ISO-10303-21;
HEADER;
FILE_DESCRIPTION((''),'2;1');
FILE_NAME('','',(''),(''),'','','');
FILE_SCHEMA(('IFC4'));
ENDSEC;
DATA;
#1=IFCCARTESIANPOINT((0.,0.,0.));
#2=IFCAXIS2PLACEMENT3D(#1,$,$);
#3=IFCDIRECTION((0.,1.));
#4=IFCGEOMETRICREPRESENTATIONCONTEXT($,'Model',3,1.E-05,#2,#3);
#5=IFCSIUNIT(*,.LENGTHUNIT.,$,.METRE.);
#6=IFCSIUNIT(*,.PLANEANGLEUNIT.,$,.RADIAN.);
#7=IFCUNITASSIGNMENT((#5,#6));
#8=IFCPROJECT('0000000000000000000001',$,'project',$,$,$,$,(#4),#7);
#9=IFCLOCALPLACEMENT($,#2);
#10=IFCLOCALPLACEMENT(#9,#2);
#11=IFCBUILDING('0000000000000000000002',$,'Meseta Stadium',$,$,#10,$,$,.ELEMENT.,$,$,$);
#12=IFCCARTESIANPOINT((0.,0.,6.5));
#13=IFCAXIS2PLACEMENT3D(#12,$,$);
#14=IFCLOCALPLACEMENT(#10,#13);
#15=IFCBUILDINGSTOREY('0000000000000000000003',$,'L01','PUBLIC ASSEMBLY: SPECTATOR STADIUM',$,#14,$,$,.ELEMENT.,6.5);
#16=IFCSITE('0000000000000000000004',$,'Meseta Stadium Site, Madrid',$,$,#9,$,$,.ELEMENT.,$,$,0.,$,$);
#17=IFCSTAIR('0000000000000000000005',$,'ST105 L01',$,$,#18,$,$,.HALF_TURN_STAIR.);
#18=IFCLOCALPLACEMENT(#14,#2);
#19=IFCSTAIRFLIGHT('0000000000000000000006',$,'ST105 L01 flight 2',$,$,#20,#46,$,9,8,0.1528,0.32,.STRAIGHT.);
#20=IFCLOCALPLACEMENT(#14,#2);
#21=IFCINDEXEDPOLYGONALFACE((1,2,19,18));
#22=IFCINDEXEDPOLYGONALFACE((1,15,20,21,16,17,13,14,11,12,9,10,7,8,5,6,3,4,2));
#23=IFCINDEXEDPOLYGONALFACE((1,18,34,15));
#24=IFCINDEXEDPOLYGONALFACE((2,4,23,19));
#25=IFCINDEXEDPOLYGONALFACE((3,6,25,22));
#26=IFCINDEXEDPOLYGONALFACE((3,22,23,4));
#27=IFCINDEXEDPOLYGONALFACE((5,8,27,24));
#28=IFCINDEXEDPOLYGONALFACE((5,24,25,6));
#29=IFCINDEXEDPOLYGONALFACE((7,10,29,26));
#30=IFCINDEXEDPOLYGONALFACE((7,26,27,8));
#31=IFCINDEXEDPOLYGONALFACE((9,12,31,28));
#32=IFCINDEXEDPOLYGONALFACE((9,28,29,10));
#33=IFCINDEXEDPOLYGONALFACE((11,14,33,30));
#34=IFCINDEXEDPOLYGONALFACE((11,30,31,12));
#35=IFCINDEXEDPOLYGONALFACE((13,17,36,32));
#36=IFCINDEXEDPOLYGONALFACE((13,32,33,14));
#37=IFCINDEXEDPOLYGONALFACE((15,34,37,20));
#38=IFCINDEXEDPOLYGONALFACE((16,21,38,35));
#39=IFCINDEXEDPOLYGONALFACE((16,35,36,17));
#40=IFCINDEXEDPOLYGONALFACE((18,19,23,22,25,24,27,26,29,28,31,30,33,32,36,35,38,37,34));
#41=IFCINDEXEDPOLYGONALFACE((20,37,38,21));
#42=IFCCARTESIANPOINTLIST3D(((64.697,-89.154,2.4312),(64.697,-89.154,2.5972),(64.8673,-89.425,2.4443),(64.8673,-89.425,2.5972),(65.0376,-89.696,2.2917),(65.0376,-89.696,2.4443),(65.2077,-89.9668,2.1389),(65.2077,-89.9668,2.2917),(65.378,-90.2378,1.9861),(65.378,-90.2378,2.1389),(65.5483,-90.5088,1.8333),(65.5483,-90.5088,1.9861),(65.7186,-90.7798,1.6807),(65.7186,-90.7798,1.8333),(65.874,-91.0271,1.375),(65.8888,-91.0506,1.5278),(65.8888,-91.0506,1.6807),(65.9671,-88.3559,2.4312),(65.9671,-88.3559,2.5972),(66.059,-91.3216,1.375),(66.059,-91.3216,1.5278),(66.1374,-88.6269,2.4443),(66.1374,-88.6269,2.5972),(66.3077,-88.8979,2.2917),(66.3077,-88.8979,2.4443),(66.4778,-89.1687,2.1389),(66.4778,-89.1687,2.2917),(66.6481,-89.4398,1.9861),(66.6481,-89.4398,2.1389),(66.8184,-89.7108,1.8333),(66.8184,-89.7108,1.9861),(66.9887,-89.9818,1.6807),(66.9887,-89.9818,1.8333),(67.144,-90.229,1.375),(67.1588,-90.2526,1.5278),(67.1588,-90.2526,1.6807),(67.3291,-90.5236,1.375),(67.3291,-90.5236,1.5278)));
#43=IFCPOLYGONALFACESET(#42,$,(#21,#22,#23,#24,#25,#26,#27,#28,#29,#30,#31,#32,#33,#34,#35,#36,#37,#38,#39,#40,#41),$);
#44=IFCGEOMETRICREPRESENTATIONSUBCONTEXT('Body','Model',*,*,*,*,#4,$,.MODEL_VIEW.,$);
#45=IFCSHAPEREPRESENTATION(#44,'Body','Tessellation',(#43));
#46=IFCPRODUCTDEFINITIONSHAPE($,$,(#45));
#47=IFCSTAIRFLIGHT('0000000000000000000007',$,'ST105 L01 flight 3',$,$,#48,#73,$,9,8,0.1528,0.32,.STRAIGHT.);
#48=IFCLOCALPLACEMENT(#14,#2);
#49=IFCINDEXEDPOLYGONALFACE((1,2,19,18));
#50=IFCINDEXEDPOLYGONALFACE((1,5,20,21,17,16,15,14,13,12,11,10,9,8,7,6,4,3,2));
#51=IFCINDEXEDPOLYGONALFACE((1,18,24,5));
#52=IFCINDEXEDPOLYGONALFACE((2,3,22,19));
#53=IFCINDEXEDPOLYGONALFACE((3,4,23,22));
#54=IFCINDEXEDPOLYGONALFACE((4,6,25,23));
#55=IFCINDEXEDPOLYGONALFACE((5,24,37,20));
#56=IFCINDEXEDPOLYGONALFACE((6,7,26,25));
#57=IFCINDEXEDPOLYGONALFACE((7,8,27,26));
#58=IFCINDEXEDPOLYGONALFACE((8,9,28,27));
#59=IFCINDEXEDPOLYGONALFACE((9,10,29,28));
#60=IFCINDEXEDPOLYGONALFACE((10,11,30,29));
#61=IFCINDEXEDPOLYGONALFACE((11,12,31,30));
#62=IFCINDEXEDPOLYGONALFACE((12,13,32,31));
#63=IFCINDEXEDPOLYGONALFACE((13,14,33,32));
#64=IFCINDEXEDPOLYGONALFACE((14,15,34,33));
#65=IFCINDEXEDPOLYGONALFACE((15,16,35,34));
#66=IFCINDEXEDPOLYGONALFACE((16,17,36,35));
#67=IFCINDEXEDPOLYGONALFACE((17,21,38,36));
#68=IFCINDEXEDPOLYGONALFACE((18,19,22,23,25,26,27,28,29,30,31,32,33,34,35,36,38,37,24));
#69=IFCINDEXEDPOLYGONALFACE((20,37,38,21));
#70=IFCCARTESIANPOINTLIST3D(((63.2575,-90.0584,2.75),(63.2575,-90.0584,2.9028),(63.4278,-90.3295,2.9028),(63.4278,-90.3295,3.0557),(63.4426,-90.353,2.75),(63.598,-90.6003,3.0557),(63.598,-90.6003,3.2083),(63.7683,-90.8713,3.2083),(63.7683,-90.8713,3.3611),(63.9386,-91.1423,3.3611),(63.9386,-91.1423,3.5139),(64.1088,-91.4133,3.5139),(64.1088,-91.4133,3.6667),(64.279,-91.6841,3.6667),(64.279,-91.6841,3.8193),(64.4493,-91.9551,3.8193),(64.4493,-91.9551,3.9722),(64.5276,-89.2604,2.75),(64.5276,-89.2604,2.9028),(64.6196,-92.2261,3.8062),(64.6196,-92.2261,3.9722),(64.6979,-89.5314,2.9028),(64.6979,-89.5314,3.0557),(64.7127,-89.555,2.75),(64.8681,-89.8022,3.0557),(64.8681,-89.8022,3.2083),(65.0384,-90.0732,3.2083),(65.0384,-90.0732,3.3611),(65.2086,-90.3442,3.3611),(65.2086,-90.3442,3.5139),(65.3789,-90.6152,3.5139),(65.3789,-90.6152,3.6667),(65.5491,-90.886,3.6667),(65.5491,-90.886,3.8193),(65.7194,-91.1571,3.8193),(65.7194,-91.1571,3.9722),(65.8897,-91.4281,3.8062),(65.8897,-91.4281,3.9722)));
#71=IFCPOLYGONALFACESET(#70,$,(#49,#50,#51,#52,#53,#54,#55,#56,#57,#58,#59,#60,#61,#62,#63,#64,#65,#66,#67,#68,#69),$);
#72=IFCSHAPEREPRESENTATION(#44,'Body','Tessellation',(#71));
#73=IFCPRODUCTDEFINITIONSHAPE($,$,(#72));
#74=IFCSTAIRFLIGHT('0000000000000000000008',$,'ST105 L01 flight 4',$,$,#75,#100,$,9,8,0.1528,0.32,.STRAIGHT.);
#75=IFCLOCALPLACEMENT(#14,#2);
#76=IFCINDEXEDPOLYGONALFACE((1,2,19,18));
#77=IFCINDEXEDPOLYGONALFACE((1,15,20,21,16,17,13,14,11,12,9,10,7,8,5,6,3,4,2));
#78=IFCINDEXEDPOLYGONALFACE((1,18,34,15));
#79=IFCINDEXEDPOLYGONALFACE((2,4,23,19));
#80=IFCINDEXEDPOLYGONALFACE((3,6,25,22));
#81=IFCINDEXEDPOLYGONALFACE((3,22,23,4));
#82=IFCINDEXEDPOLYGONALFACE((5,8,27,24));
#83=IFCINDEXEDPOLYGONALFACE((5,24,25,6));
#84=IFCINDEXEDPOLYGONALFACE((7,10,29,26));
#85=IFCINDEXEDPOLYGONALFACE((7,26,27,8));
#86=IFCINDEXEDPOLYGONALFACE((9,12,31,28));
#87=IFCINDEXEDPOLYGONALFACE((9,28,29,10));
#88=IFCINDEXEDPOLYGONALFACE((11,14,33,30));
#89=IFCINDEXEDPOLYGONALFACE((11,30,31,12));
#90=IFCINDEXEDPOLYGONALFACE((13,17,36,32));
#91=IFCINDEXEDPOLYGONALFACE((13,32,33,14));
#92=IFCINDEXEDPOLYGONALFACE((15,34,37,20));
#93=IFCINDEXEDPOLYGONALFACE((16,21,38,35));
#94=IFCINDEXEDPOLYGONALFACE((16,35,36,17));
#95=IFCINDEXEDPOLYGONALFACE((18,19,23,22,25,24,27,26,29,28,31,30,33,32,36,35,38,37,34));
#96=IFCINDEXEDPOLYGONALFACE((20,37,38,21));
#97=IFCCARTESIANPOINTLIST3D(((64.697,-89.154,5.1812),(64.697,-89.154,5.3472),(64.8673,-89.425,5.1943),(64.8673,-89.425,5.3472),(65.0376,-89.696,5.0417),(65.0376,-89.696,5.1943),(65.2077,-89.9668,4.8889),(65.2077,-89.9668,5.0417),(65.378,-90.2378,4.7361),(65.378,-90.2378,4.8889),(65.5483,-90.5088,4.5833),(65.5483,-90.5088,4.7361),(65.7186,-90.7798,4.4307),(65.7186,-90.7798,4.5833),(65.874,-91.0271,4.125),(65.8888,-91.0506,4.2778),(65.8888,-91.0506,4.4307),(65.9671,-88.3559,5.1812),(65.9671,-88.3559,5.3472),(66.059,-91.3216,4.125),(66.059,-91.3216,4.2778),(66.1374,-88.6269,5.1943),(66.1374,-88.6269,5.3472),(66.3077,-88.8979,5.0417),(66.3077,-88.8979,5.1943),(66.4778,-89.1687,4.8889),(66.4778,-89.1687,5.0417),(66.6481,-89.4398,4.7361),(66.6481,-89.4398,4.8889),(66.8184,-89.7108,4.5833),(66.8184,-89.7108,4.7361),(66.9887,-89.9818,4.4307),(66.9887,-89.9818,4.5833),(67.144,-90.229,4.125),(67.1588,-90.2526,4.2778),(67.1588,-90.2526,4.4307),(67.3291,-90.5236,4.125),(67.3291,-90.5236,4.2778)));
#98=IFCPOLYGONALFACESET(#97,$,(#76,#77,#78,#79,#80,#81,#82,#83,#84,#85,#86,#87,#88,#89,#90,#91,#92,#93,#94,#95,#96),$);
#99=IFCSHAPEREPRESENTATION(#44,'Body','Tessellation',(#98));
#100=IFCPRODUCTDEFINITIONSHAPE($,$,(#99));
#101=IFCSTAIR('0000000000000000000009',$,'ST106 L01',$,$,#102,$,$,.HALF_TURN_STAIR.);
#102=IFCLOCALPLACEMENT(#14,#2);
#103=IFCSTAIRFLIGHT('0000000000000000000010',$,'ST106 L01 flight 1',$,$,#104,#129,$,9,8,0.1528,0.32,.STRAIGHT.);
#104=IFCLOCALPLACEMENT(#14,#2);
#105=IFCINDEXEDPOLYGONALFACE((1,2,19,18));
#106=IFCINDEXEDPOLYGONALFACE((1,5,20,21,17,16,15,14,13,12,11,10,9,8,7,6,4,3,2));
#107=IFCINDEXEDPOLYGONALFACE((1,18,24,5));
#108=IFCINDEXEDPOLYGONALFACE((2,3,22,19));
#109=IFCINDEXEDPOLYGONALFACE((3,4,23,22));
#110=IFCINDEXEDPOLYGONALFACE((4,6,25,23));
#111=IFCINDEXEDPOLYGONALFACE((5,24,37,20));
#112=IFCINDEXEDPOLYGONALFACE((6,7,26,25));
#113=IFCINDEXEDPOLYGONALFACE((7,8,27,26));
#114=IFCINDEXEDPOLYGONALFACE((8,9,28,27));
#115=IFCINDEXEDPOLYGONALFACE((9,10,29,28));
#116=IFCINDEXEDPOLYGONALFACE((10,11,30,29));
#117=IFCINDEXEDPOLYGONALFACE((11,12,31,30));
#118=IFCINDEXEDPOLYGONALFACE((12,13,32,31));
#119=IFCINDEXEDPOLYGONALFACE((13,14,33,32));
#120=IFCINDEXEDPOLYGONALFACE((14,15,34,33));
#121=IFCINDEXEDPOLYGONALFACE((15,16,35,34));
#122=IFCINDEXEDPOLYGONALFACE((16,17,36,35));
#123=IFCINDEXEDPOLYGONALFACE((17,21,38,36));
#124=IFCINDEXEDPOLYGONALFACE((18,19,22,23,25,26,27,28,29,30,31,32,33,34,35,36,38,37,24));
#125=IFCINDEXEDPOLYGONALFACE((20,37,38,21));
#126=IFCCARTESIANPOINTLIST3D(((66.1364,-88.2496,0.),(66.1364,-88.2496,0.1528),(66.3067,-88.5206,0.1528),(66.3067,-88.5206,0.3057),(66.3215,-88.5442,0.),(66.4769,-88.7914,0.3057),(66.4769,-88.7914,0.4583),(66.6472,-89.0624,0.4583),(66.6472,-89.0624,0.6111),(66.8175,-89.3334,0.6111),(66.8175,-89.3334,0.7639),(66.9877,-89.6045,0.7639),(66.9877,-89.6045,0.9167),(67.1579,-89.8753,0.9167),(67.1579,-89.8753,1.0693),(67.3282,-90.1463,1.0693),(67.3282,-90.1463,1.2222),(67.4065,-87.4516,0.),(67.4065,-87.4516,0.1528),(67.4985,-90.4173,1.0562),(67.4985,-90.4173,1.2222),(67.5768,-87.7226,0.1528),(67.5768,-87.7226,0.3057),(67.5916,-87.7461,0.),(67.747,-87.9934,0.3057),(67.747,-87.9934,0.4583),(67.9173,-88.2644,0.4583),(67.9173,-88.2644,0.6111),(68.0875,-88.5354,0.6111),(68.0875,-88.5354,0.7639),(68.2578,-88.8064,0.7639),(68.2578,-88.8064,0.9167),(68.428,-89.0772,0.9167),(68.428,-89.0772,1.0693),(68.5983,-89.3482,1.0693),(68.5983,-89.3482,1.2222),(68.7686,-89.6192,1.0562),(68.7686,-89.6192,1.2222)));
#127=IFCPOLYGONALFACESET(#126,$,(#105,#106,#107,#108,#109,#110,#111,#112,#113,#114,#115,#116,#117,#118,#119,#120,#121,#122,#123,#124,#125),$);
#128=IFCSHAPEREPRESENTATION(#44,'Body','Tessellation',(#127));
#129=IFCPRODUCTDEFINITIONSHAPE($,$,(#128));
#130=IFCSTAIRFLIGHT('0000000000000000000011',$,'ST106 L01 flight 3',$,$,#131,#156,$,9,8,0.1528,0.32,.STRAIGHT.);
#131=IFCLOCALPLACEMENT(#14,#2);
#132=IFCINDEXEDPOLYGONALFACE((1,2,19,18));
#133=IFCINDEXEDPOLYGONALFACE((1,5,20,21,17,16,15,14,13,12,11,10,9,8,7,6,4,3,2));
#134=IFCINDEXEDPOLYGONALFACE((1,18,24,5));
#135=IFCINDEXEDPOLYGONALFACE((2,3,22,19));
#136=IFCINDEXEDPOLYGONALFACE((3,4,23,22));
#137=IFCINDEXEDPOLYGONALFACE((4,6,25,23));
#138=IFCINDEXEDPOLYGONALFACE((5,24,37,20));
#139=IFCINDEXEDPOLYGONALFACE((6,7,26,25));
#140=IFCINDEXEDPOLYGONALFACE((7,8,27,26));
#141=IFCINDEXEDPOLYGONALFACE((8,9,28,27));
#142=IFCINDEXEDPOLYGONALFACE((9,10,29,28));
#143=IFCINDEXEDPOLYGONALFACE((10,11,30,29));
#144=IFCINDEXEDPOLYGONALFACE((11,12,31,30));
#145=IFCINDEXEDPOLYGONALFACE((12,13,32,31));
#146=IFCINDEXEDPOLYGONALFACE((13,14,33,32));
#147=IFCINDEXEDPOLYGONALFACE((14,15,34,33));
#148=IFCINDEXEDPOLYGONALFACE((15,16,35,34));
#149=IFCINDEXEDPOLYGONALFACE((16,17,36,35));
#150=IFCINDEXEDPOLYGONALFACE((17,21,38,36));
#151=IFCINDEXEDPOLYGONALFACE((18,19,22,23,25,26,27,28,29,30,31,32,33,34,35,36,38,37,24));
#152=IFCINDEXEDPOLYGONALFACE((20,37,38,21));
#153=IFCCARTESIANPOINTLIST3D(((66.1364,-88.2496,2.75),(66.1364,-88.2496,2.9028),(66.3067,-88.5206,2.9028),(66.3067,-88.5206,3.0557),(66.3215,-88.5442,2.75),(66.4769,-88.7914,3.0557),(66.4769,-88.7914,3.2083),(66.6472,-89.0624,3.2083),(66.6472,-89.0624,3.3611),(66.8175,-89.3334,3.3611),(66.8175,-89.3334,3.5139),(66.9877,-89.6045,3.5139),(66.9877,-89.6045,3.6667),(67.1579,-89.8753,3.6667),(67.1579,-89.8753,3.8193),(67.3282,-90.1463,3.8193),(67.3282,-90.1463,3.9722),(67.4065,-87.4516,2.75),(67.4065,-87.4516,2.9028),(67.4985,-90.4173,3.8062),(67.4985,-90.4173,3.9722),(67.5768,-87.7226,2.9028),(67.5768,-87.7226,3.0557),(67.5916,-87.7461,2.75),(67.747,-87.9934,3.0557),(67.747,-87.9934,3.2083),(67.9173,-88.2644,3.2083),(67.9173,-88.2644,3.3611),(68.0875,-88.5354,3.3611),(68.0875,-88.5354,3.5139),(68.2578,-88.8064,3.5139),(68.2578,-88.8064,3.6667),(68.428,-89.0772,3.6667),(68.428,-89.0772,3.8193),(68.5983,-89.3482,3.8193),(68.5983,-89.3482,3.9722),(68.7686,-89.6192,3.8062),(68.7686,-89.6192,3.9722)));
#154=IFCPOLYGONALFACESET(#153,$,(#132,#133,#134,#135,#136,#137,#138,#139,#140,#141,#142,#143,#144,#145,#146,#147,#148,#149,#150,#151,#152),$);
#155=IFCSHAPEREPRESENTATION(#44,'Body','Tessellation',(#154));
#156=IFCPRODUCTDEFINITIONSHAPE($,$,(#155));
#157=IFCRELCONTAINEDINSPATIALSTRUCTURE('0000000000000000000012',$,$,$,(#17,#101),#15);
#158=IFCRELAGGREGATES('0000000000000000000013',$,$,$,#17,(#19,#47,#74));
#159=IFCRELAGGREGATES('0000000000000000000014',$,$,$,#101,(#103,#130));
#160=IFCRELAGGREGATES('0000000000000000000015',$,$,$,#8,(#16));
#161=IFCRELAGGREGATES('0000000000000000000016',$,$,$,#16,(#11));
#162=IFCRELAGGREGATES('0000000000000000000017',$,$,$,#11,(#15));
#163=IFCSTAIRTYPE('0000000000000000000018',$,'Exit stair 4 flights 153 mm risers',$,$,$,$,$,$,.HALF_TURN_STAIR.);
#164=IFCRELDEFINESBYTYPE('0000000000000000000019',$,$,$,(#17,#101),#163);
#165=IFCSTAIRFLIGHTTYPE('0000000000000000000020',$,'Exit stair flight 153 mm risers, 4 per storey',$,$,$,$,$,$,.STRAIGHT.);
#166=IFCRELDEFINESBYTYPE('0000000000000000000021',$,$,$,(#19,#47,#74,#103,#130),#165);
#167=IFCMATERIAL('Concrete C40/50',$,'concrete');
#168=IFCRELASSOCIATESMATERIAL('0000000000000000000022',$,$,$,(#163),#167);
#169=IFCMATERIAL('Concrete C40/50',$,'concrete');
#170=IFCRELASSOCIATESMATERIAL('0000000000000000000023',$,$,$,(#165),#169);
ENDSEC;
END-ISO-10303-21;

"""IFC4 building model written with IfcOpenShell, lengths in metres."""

from ifc_helpers import new_model, si_unit, direction, frame, origin, place, context, subcontext, project, spatial, polyline, outline, extrude, material, type_object, element, aggregate, save


model = new_model("IFC4")

# Units and contexts
model_context = context("Model", 3, precision=1e-05, world=origin(), true_north=direction((0.0, 1.0)))
body_context = subcontext(model_context, "Body", "Model", "MODEL_VIEW")
ifc_project = project(units=[si_unit("LENGTHUNIT", "METRE"), si_unit("PLANEANGLEUNIT", "RADIAN")], contexts=[model_context])

# Site, building, storey
site_placement = place(None, origin())
site = spatial("IfcSite", under=ifc_project, at=site_placement, Name="Meseta Stadium Site, Madrid", CompositionType="ELEMENT", RefElevation=0.0)
building_placement = place(site_placement, origin())
building = spatial("IfcBuilding", under=site, at=building_placement, Name="Meseta Stadium", CompositionType="ELEMENT")
storey_placement = place(building_placement, frame((0.0, 0.0, 6.5)))
storey = spatial("IfcBuildingStorey", under=building, at=storey_placement, Name="L01", Description="PUBLIC ASSEMBLY: SPECTATOR STADIUM", CompositionType="ELEMENT", Elevation=6.5)

# Stairs, stair flights
ifc_material_1 = material(Name="Concrete C40/50", Category="concrete")
stair_type = type_object("IfcStairType", Name="Exit stair 4 flights 153 mm risers", PredefinedType="HALF_TURN_STAIR", material=ifc_material_1)
stair_1_placement = place(storey_placement, origin())
stair_1 = element("IfcStair", 1, at=stair_1_placement, inside=storey, type_object=stair_type, Name="ST105 L01", PredefinedType="HALF_TURN_STAIR")
ifc_material_2 = material(Name="Concrete C40/50", Category="concrete")
stair_flight_type = type_object("IfcStairFlightType", Name="Exit stair flight 153 mm risers, 4 per storey", PredefinedType="STRAIGHT", material=ifc_material_2)
stair_flight_1_placement = place(storey_placement, frame((66.6941, -90.9226, 1.375), z_axis=(0.0, 0.0, 1.0), x_axis=(-0.532032, 0.846724, 0.0)))
stair_flight_1 = element("IfcStairFlight", 2, at=stair_flight_1_placement, type_object=stair_flight_type, Name="ST105 L01 flight 2", NumberOfRisers=9, NumberOfTreads=8, PredefinedType="STRAIGHT", RiserHeight=0.1528, TreadLength=0.32, context=body_context, shape_type="SweptSolid", body=[
    extrude(outline(polyline([(0.0, 0.0), (0.0, 0.1528), (0.3201, 0.1528), (0.3201, 0.3057), (0.6399, 0.3057), (0.6399, 0.4583), (0.96, 0.4583), (0.96, 0.6111), (1.28, 0.6111), (1.28, 0.7639), (1.6001, 0.7639), (1.6001, 0.9167), (1.9199, 0.9167), (1.9199, 1.0693), (2.24, 1.0693), (2.24, 1.2222), (2.5601, 1.2222), (2.5601, 1.0562), (0.3479, 0.0), (0.0, 0.0)])), frame((0.0, 0.75, 0.0), z_axis=(0.0, -1.0, 0.0), x_axis=(1.0, 0.0, 0.0)), (0.0, 0.0, 1.0), 1.5),
])
stair_flight_2_placement = place(storey_placement, frame((63.8926, -89.6594, 2.75), z_axis=(0.0, 0.0, 1.0), x_axis=(0.532032, -0.846724, 0.0)))
stair_flight_2 = element("IfcStairFlight", 3, at=stair_flight_2_placement, type_object=stair_flight_type, Name="ST105 L01 flight 3", NumberOfRisers=9, NumberOfTreads=8, PredefinedType="STRAIGHT", RiserHeight=0.1528, TreadLength=0.32, context=body_context, shape_type="SweptSolid", body=[
    extrude(outline(polyline([(0.0, 0.0), (0.0, 0.1528), (0.3201, 0.1528), (0.3201, 0.3057), (0.6399, 0.3057), (0.6399, 0.4583), (0.96, 0.4583), (0.96, 0.6111), (1.28, 0.6111), (1.28, 0.7639), (1.6001, 0.7639), (1.6001, 0.9167), (1.9199, 0.9167), (1.9199, 1.0693), (2.24, 1.0693), (2.24, 1.2222), (2.5601, 1.2222), (2.5601, 1.0562), (0.3479, 0.0), (0.0, 0.0)])), frame((0.0, 0.75, 0.0), z_axis=(0.0, -1.0, 0.0), x_axis=(1.0, 0.0, 0.0)), (0.0, 0.0, 1.0), 1.5),
])
stair_flight_3_placement = place(storey_placement, frame((66.6941, -90.9226, 4.125), z_axis=(0.0, 0.0, 1.0), x_axis=(-0.532032, 0.846724, 0.0)))
stair_flight_3 = element("IfcStairFlight", 4, at=stair_flight_3_placement, type_object=stair_flight_type, Name="ST105 L01 flight 4", NumberOfRisers=9, NumberOfTreads=8, PredefinedType="STRAIGHT", RiserHeight=0.1528, TreadLength=0.32, context=body_context, shape_type="SweptSolid", body=[
    extrude(outline(polyline([(0.0, 0.0), (0.0, 0.1528), (0.3201, 0.1528), (0.3201, 0.3057), (0.6399, 0.3057), (0.6399, 0.4583), (0.96, 0.4583), (0.96, 0.6111), (1.28, 0.6111), (1.28, 0.7639), (1.6001, 0.7639), (1.6001, 0.9167), (1.9199, 0.9167), (1.9199, 1.0693), (2.24, 1.0693), (2.24, 1.2222), (2.5601, 1.2222), (2.5601, 1.0562), (0.3479, 0.0), (0.0, 0.0)])), frame((0.0, 0.75, 0.0), z_axis=(0.0, -1.0, 0.0), x_axis=(1.0, 0.0, 0.0)), (0.0, 0.0, 1.0), 1.5),
])
aggregate(stair_1, [stair_flight_1, stair_flight_2, stair_flight_3])
stair_2_placement = place(storey_placement, origin())
stair_2 = element("IfcStair", 5, at=stair_2_placement, inside=storey, type_object=stair_type, Name="ST106 L01", PredefinedType="HALF_TURN_STAIR")
stair_flight_4_placement = place(storey_placement, frame((66.7715, -87.8506, 0.0), z_axis=(0.0, 0.0, 1.0), x_axis=(0.532032, -0.846724, 0.0)))
stair_flight_4 = element("IfcStairFlight", 6, at=stair_flight_4_placement, type_object=stair_flight_type, Name="ST106 L01 flight 1", NumberOfRisers=9, NumberOfTreads=8, PredefinedType="STRAIGHT", RiserHeight=0.1528, TreadLength=0.32, context=body_context, shape_type="SweptSolid", body=[
    extrude(outline(polyline([(0.0, 0.0), (0.0, 0.1528), (0.3201, 0.1528), (0.3201, 0.3057), (0.6399, 0.3057), (0.6399, 0.4583), (0.96, 0.4583), (0.96, 0.6111), (1.28, 0.6111), (1.28, 0.7639), (1.6001, 0.7639), (1.6001, 0.9167), (1.9199, 0.9167), (1.9199, 1.0693), (2.24, 1.0693), (2.24, 1.2222), (2.5601, 1.2222), (2.5601, 1.0562), (0.3479, 0.0), (0.0, 0.0)])), frame((0.0, 0.75, 0.0), z_axis=(0.0, -1.0, 0.0), x_axis=(1.0, 0.0, 0.0)), (0.0, 0.0, 1.0), 1.5),
])
stair_flight_5_placement = place(storey_placement, frame((66.7715, -87.8506, 2.75), z_axis=(0.0, 0.0, 1.0), x_axis=(0.532032, -0.846724, 0.0)))
stair_flight_5 = element("IfcStairFlight", 7, at=stair_flight_5_placement, type_object=stair_flight_type, Name="ST106 L01 flight 3", NumberOfRisers=9, NumberOfTreads=8, PredefinedType="STRAIGHT", RiserHeight=0.1528, TreadLength=0.32, context=body_context, shape_type="SweptSolid", body=[
    extrude(outline(polyline([(0.0, 0.0), (0.0, 0.1528), (0.3201, 0.1528), (0.3201, 0.3057), (0.6399, 0.3057), (0.6399, 0.4583), (0.96, 0.4583), (0.96, 0.6111), (1.28, 0.6111), (1.28, 0.7639), (1.6001, 0.7639), (1.6001, 0.9167), (1.9199, 0.9167), (1.9199, 1.0693), (2.24, 1.0693), (2.24, 1.2222), (2.5601, 1.2222), (2.5601, 1.0562), (0.3479, 0.0), (0.0, 0.0)])), frame((0.0, 0.75, 0.0), z_axis=(0.0, -1.0, 0.0), x_axis=(1.0, 0.0, 0.0)), (0.0, 0.0, 1.0), 1.5),
])
aggregate(stair_2, [stair_flight_4, stair_flight_5])

save(model, "model.ifc")
